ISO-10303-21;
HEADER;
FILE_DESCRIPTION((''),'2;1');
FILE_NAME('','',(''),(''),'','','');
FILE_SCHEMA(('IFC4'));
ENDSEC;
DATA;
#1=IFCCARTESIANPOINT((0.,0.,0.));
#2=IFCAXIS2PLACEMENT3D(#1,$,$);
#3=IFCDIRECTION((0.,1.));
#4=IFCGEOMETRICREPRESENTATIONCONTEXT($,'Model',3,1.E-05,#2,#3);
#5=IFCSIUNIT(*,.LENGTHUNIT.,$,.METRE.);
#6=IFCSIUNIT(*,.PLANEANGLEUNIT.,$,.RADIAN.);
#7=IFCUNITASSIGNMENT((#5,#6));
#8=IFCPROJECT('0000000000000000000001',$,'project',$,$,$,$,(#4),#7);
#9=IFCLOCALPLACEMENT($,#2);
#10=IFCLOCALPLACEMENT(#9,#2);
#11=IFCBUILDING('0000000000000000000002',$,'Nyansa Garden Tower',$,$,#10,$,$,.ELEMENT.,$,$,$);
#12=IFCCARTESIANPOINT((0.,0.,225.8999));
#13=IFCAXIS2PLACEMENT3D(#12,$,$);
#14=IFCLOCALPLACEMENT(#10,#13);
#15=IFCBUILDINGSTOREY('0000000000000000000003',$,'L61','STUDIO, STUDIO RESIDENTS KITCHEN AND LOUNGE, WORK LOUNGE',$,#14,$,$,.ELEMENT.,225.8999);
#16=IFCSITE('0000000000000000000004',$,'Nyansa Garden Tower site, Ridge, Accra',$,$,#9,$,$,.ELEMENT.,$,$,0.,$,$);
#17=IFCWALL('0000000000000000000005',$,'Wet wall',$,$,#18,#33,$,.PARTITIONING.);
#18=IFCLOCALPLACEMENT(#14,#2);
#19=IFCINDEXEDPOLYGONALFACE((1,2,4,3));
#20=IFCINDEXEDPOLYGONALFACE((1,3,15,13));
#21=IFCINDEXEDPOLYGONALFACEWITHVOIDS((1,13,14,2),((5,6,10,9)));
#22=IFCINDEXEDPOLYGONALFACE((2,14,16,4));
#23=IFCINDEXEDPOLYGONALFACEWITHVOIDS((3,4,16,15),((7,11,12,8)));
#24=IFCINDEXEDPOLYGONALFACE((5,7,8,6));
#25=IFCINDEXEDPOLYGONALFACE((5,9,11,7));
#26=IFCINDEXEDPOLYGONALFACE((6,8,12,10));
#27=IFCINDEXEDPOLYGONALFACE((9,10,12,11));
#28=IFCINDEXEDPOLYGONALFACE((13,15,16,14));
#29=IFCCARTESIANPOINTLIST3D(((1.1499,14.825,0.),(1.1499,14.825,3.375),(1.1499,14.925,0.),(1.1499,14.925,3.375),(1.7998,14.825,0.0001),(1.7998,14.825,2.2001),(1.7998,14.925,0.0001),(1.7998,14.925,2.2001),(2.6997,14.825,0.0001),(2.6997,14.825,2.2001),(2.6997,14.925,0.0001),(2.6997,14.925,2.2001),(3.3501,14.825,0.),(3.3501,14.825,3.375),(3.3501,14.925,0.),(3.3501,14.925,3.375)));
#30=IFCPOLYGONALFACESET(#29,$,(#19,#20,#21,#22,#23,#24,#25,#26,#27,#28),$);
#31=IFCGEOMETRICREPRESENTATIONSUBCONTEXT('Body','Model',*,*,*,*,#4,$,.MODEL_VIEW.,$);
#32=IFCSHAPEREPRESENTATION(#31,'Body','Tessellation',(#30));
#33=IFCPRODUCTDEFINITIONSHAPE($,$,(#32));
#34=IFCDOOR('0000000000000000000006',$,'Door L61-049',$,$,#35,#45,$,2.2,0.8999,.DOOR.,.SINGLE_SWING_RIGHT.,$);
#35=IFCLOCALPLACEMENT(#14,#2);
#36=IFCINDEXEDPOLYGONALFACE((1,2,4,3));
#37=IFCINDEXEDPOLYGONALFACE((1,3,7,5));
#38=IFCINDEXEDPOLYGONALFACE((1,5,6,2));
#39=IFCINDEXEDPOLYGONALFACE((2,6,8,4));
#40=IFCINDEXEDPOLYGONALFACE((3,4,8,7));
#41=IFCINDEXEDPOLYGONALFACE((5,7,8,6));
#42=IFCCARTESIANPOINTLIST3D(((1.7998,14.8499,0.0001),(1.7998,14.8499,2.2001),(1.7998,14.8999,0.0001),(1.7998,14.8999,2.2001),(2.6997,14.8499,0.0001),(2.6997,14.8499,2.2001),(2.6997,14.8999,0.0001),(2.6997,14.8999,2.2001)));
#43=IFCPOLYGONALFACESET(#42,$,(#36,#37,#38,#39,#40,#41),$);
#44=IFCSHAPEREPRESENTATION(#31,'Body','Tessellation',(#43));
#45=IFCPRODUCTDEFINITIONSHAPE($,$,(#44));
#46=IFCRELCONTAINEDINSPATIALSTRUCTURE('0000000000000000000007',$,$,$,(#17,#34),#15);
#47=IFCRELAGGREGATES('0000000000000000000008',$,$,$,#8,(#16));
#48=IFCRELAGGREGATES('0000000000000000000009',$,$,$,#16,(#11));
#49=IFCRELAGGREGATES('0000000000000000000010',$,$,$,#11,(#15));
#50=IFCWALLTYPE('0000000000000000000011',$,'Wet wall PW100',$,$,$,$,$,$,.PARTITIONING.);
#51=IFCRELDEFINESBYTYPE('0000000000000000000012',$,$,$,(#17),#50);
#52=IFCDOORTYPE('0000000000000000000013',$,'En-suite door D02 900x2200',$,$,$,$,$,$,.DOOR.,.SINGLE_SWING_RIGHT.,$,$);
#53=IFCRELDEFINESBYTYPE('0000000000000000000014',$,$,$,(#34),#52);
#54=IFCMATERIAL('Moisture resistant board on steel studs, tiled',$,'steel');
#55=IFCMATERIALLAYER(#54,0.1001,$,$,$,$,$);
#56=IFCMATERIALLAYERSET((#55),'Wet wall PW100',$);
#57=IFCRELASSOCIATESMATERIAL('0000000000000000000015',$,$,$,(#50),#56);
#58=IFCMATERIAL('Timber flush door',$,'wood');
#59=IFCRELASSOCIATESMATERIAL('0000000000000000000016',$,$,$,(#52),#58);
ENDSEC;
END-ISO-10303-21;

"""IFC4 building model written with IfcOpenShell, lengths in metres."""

from ifc_helpers import new_model, si_unit, direction, frame, frame_2d, origin, place, context, subcontext, project, spatial, rectangle, extrude, material, layer, layer_set, type_object, element, fill, save


model = new_model("IFC4")

# Units and contexts
model_context = context("Model", 3, precision=1e-05, world=origin(), true_north=direction((0.0, 1.0)))
body_context = subcontext(model_context, "Body", "Model", "MODEL_VIEW")
ifc_project = project(units=[si_unit("LENGTHUNIT", "METRE"), si_unit("PLANEANGLEUNIT", "RADIAN")], contexts=[model_context])

# Site, building, storey
site_placement = place(None, origin())
site = spatial("IfcSite", under=ifc_project, at=site_placement, Name="Nyansa Garden Tower site, Ridge, Accra", CompositionType="ELEMENT", RefElevation=0.0)
building_placement = place(site_placement, origin())
building = spatial("IfcBuilding", under=site, at=building_placement, Name="Nyansa Garden Tower", CompositionType="ELEMENT")
storey_placement = place(building_placement, frame((0.0, 0.0, 225.8999)))
storey = spatial("IfcBuildingStorey", under=building, at=storey_placement, Name="L61", Description="STUDIO, STUDIO RESIDENTS KITCHEN AND LOUNGE, WORK LOUNGE", CompositionType="ELEMENT", Elevation=225.8999)

# Shared definitions
ifc_material_1 = material(Name="Moisture resistant board on steel studs, tiled", Category="steel")
ifc_layer_1 = layer(ifc_material_1, 0.1001)
ifc_layer_set_1 = layer_set([ifc_layer_1], Name="Wet wall PW100")
wall_type_1 = type_object("IfcWallType", Name="Wet wall PW100", PredefinedType="PARTITIONING", material=ifc_layer_set_1)

# Wall, opening, door
wall_1_placement = place(storey_placement, frame((1.1499, 14.875, 0.0), z_axis=(0.0, 0.0, 1.0), x_axis=(1.0, 0.0, 0.0)))
wall_1 = element("IfcWall", 1, at=wall_1_placement, inside=storey, type_object=wall_type_1, Name="Wet wall", PredefinedType="PARTITIONING", context=body_context, shape_type="SweptSolid", body=[
    extrude(rectangle(XDim=2.2002, YDim=0.1001, at=frame_2d((1.1001, 0.0))), origin(), (0.0, 0.0, 1.0), 3.375),
])
opening_1_placement = place(wall_1_placement, frame((0.6499, 0.0, 0.0)))
opening_1 = element("IfcOpeningElement", 2, at=opening_1_placement, cuts=wall_1, PredefinedType="OPENING", context=body_context, shape_type="SweptSolid", body=[
    extrude(rectangle(XDim=0.8999, YDim=2.2, at=frame_2d((0.45, 1.1001))), frame((0.0, 0.0601, 0.0), z_axis=(0.0, -1.0, 0.0), x_axis=(1.0, 0.0, 0.0)), (0.0, 0.0, 1.0), 0.1201),
])
ifc_material_2 = material(Name="Timber flush door", Category="wood")
door_type_1 = type_object("IfcDoorType", Name="En-suite door D02 900x2200", OperationType="SINGLE_SWING_RIGHT", PredefinedType="DOOR", material=ifc_material_2)
door_1_placement = place(opening_1_placement, origin())
door_1 = element("IfcDoor", 3, at=door_1_placement, inside=storey, type_object=door_type_1, Name="Door L61-049", OperationType="SINGLE_SWING_RIGHT", OverallHeight=2.2, OverallWidth=0.8999, PredefinedType="DOOR", context=body_context, shape_type="SweptSolid", body=[
    extrude(rectangle(XDim=0.8999, YDim=2.2, at=frame_2d((0.45, 1.1001))), frame((0.0, 0.0249, 0.0), z_axis=(0.0, -1.0, 0.0), x_axis=(1.0, 0.0, 0.0)), (0.0, 0.0, 1.0), 0.05),
])
fill(opening_1, door_1)

save(model, "model.ifc")
